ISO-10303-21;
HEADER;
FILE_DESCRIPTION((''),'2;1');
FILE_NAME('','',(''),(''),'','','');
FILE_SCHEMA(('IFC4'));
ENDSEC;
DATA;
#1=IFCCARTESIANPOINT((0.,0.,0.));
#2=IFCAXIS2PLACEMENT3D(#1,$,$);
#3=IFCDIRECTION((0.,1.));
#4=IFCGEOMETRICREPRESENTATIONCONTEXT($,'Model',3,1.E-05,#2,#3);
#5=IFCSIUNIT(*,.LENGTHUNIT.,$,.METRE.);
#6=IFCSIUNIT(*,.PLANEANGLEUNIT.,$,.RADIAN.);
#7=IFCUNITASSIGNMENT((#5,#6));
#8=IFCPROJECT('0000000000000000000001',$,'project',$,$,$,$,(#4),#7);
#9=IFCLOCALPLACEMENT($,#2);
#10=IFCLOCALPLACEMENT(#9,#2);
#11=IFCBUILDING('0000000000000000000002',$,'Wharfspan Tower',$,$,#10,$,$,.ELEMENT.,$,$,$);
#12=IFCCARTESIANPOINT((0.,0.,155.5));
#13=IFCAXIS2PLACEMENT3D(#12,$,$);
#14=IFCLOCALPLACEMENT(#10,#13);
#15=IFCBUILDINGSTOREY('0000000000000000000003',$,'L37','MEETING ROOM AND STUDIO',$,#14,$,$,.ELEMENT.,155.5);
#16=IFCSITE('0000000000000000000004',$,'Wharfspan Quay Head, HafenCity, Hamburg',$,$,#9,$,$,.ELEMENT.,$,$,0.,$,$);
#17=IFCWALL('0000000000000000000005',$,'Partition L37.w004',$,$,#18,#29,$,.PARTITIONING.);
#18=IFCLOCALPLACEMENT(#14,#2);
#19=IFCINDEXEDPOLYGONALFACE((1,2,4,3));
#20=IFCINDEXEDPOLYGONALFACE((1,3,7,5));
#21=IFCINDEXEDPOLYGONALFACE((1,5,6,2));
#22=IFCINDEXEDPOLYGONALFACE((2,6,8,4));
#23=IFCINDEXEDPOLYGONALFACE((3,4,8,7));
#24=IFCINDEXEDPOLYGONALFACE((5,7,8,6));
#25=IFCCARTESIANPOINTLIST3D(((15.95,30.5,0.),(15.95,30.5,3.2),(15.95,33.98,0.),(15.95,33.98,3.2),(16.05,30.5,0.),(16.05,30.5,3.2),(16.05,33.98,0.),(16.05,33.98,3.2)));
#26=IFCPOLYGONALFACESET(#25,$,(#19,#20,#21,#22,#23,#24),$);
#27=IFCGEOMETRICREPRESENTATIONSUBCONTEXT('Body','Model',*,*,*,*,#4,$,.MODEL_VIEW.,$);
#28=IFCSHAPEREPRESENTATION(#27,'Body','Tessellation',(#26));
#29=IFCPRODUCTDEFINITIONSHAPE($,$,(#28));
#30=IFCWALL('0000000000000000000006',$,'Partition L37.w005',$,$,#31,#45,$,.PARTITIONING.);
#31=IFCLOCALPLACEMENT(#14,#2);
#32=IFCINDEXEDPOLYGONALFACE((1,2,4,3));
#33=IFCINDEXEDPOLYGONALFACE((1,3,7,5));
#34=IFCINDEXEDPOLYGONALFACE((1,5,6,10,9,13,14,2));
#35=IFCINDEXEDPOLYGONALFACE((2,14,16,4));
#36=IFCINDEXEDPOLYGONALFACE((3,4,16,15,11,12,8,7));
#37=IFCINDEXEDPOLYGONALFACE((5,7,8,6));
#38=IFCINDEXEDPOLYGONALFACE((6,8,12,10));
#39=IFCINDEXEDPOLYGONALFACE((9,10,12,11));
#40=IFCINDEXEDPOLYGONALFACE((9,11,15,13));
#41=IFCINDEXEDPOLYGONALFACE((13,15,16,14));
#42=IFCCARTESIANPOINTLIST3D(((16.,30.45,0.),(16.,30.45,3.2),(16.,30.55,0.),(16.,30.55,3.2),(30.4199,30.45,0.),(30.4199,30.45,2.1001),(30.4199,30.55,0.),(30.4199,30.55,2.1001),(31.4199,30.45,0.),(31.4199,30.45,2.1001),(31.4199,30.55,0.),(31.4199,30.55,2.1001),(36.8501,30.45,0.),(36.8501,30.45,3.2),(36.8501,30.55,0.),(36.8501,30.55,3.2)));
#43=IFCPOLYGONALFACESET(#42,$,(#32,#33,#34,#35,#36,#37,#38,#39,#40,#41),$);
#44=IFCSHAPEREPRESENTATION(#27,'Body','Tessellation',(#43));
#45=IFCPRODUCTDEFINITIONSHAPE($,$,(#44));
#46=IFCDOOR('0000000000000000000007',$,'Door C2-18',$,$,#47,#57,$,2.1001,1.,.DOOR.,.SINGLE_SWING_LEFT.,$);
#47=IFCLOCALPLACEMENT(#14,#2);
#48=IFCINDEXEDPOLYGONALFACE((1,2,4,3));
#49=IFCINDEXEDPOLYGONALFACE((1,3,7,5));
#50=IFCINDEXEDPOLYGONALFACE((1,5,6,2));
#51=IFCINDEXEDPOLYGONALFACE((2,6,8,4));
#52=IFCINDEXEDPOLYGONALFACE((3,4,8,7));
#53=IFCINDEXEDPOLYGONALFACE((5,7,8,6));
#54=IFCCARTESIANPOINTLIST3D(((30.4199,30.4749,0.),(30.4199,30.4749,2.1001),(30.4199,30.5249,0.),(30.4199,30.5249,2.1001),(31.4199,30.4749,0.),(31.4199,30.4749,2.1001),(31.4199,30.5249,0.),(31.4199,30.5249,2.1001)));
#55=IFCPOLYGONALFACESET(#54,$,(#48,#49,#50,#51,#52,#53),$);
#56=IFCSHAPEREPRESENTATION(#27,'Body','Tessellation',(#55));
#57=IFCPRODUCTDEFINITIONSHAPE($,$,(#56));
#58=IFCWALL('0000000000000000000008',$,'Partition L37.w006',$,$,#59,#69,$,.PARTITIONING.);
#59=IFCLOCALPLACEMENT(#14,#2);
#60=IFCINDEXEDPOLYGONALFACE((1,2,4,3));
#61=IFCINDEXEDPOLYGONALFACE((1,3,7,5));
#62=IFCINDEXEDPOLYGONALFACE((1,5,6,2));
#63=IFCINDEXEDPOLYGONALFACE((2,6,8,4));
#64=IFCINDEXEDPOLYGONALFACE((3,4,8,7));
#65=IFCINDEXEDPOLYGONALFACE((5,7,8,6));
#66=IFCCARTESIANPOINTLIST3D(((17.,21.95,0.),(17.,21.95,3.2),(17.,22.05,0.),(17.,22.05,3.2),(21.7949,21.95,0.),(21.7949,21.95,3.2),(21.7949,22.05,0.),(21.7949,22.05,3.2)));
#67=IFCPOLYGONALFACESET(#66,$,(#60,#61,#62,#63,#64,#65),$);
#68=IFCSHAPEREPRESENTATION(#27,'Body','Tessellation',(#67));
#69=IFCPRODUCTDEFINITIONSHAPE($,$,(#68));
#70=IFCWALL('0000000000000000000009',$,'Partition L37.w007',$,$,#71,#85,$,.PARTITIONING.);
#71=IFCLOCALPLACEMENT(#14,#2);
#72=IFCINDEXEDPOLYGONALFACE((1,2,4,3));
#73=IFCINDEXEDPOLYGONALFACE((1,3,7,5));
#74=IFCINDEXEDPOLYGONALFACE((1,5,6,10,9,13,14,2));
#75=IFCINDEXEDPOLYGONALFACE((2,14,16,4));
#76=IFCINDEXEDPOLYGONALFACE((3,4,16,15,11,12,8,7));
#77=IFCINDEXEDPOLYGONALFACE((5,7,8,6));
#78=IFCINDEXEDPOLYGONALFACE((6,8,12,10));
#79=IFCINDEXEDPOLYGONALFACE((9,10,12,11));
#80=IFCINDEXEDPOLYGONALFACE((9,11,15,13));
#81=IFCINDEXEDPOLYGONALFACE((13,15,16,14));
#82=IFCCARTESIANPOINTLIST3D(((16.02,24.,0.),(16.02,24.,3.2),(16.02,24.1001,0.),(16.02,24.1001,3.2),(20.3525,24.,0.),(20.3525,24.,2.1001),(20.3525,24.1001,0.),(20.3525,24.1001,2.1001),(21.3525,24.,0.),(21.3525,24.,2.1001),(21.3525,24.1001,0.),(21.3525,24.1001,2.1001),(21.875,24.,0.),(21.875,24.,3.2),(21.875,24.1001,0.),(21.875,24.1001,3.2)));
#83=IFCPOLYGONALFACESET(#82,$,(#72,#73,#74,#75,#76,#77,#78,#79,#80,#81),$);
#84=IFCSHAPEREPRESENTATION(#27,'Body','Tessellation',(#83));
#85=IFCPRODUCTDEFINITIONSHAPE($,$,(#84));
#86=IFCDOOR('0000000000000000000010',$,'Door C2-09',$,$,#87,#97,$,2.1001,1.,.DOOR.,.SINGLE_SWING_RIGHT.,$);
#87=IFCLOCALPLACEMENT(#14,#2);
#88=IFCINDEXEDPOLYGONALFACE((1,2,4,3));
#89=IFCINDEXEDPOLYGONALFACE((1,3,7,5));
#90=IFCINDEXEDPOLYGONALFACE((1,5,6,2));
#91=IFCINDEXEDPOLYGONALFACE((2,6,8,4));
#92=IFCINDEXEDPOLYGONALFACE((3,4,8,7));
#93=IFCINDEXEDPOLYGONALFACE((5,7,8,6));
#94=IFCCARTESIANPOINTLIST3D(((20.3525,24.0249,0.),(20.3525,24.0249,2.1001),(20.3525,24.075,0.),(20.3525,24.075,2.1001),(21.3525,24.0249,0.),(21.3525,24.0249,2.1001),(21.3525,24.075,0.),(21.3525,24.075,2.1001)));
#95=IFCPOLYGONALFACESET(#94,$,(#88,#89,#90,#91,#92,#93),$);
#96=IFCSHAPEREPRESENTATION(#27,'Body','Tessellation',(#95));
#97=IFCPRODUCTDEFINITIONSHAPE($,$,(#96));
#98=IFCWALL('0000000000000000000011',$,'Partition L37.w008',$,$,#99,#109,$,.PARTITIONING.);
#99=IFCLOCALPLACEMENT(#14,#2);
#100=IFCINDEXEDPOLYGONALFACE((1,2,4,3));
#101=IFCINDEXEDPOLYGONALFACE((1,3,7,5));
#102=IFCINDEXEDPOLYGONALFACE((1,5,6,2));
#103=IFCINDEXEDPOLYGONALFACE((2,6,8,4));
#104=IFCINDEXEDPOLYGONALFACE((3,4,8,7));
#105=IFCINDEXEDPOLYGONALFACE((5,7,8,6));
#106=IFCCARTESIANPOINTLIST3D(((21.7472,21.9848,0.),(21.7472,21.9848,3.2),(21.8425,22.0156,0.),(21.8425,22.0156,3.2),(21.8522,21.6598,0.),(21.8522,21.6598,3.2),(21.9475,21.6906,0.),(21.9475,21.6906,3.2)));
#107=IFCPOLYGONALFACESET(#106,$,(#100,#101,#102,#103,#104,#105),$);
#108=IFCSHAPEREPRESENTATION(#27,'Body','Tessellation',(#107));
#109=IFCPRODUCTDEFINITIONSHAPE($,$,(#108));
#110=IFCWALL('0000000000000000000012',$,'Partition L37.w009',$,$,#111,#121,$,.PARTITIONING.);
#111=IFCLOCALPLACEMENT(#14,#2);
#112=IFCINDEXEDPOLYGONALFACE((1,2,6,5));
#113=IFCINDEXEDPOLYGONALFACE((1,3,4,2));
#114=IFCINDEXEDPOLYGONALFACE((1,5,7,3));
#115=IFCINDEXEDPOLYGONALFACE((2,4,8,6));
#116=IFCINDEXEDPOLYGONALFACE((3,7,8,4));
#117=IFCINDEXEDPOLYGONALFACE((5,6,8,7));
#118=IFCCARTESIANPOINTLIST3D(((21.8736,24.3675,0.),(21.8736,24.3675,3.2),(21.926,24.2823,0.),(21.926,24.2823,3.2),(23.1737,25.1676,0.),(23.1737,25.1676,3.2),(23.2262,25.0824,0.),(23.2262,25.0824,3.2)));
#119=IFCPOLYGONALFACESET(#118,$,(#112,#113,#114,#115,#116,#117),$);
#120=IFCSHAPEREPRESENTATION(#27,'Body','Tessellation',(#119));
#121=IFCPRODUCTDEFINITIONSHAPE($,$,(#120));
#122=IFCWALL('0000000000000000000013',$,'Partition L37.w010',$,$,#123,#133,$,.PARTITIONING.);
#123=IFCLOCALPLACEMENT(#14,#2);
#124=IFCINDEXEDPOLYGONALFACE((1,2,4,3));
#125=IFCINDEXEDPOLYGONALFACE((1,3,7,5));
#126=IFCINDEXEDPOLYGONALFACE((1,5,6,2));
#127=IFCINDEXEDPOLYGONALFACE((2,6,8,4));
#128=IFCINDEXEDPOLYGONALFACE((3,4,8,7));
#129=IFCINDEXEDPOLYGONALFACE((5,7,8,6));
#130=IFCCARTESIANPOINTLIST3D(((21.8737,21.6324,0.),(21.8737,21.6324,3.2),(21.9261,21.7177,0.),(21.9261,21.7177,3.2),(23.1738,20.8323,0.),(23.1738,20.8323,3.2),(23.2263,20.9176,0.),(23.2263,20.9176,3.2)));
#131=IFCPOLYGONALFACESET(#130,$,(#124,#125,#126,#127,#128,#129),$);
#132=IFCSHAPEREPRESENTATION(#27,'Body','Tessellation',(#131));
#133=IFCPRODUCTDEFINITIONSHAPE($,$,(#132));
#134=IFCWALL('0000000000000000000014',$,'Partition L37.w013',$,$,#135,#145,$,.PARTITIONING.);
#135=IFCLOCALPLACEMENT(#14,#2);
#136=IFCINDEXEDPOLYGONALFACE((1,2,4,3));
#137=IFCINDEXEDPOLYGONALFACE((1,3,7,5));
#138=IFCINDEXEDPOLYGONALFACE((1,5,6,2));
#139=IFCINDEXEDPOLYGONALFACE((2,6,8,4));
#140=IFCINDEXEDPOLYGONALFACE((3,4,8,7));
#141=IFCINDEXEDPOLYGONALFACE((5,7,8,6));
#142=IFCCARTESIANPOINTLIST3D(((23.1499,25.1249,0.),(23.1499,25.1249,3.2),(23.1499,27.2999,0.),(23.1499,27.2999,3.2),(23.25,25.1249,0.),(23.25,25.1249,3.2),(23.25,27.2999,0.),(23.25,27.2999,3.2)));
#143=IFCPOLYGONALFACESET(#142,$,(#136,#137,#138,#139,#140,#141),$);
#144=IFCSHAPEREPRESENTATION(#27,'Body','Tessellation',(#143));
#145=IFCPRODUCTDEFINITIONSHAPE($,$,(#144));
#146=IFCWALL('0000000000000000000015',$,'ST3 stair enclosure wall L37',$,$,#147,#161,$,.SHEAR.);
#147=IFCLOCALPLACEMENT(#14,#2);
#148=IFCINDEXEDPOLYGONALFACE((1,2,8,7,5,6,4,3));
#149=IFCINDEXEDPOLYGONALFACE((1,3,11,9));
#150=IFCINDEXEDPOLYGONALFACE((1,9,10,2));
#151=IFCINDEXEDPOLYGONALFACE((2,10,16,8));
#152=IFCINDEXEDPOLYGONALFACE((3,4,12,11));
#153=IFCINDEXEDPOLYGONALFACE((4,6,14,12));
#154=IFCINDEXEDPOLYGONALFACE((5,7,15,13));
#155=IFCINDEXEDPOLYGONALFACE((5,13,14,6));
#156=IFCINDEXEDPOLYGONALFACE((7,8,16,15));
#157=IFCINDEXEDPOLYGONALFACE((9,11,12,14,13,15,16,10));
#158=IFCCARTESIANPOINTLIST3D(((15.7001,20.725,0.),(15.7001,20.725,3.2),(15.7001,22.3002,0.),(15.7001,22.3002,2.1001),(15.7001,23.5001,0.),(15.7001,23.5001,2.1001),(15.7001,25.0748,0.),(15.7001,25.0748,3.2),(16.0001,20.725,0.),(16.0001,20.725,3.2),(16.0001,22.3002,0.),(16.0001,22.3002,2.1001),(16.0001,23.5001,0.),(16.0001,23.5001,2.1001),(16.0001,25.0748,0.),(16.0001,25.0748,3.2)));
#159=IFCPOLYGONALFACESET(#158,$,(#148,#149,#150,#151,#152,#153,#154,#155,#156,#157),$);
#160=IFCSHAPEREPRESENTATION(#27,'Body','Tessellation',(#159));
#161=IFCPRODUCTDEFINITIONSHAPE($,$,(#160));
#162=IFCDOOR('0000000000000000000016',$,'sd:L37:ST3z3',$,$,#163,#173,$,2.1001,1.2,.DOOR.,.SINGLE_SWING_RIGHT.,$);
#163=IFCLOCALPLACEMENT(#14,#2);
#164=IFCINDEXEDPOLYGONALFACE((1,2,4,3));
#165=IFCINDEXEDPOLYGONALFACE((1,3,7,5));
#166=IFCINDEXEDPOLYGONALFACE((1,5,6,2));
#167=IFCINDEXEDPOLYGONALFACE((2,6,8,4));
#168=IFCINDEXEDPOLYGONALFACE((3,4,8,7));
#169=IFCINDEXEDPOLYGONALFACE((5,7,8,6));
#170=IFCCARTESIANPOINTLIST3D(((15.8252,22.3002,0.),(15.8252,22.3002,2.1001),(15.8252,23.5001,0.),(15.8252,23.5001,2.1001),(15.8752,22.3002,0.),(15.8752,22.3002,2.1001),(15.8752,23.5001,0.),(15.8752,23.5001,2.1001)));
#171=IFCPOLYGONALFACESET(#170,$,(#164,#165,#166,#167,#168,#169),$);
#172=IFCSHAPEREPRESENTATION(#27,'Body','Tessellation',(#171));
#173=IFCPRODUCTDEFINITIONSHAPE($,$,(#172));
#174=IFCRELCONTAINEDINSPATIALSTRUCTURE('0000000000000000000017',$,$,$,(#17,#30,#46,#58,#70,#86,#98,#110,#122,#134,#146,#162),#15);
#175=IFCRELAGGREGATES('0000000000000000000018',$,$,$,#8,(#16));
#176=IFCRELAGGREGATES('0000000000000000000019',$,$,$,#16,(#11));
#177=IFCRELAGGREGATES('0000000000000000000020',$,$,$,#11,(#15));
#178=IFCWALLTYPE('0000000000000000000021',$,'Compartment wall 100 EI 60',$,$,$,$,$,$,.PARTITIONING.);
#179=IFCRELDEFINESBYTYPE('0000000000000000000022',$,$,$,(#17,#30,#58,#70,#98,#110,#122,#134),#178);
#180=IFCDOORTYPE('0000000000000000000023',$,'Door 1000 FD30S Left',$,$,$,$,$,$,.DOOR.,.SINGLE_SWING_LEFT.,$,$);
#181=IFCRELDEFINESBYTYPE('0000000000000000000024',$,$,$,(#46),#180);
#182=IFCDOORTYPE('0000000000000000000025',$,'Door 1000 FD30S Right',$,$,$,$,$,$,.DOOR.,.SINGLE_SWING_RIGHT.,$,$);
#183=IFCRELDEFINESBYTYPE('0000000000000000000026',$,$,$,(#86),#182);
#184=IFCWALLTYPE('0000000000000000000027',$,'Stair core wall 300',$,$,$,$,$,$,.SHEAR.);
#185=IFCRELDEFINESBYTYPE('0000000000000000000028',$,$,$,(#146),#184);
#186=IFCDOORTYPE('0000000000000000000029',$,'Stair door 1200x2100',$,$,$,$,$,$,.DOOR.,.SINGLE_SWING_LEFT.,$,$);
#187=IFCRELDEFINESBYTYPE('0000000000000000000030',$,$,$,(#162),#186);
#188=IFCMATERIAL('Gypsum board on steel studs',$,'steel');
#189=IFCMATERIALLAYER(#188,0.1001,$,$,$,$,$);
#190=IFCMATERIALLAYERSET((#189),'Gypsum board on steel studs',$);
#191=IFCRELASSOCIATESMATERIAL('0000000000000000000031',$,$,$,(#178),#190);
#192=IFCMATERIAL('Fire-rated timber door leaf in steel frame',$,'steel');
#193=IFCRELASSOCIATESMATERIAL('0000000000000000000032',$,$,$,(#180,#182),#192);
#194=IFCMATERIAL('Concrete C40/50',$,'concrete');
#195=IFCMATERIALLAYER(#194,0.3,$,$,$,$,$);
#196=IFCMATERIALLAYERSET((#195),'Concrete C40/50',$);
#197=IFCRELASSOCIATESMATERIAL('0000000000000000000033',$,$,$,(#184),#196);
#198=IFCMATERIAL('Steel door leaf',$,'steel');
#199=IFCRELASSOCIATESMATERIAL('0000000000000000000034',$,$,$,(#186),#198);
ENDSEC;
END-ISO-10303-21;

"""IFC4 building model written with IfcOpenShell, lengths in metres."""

from ifc_helpers import new_model, si_unit, direction, frame, frame_2d, origin, place, context, subcontext, project, spatial, rectangle, extrude, material, layer, layer_set, type_object, element, fill, save


model = new_model("IFC4")

# Units and contexts
model_context = context("Model", 3, precision=1e-05, world=origin(), true_north=direction((0.0, 1.0)))
body_context = subcontext(model_context, "Body", "Model", "MODEL_VIEW")
ifc_project = project(units=[si_unit("LENGTHUNIT", "METRE"), si_unit("PLANEANGLEUNIT", "RADIAN")], contexts=[model_context])

# Site, building, storey
site_placement = place(None, origin())
site = spatial("IfcSite", under=ifc_project, at=site_placement, Name="Wharfspan Quay Head, HafenCity, Hamburg", CompositionType="ELEMENT", RefElevation=0.0)
building_placement = place(site_placement, origin())
building = spatial("IfcBuilding", under=site, at=building_placement, Name="Wharfspan Tower", CompositionType="ELEMENT")
storey_placement = place(building_placement, frame((0.0, 0.0, 155.5)))
storey = spatial("IfcBuildingStorey", under=building, at=storey_placement, Name="L37", Description="MEETING ROOM AND STUDIO", CompositionType="ELEMENT", Elevation=155.5)

# Wall
ifc_material_1 = material(Name="Gypsum board on steel studs", Category="steel")
ifc_layer_1 = layer(ifc_material_1, 0.1001)
ifc_layer_set_1 = layer_set([ifc_layer_1], Name="Gypsum board on steel studs")
wall_type_1 = type_object("IfcWallType", Name="Compartment wall 100 EI 60", PredefinedType="PARTITIONING", material=ifc_layer_set_1)
wall_1_placement = place(storey_placement, frame((16.0, 30.5, 0.0), z_axis=(0.0, 0.0, 1.0), x_axis=(0.0, 1.0, 0.0)))
element("IfcWall", 1, at=wall_1_placement, inside=storey, type_object=wall_type_1, Name="Partition L37.w004", PredefinedType="PARTITIONING", context=body_context, shape_type="SweptSolid", body=[
    extrude(rectangle(XDim=3.48, YDim=0.1001, at=frame_2d((1.74, 0.0))), origin(), (0.0, 0.0, 1.0), 3.2),
])

# Wall, opening, door
wall_2_placement = place(storey_placement, frame((16.0, 30.5, 0.0), z_axis=(0.0, 0.0, 1.0), x_axis=(1.0, 0.0, 0.0)))
wall_2 = element("IfcWall", 2, at=wall_2_placement, inside=storey, type_object=wall_type_1, Name="Partition L37.w005", PredefinedType="PARTITIONING", context=body_context, shape_type="SweptSolid", body=[
    extrude(rectangle(XDim=20.8501, YDim=0.1001, at=frame_2d((10.425, 0.0))), origin(), (0.0, 0.0, 1.0), 3.2),
])
opening_1_placement = place(wall_2_placement, frame((14.4199, 0.0, 0.0)))
opening_1 = element("IfcOpeningElement", 3, at=opening_1_placement, cuts=wall_2, PredefinedType="OPENING", context=body_context, shape_type="SweptSolid", body=[
    extrude(rectangle(XDim=1.0, YDim=2.1001, at=frame_2d((0.5, 1.05))), frame((0.0, 0.0601, 0.0), z_axis=(0.0, -1.0, 0.0), x_axis=(1.0, 0.0, 0.0)), (0.0, 0.0, 1.0), 0.1201),
])
ifc_material_2 = material(Name="Fire-rated timber door leaf in steel frame", Category="steel")
door_type_1 = type_object("IfcDoorType", Name="Door 1000 FD30S Left", OperationType="SINGLE_SWING_LEFT", PredefinedType="DOOR", material=ifc_material_2)
door_1_placement = place(opening_1_placement, origin())
door_1 = element("IfcDoor", 4, at=door_1_placement, inside=storey, type_object=door_type_1, Name="Door C2-18", OperationType="SINGLE_SWING_LEFT", OverallHeight=2.1001, OverallWidth=1.0, PredefinedType="DOOR", context=body_context, shape_type="SweptSolid", body=[
    extrude(rectangle(XDim=1.0, YDim=2.1001, at=frame_2d((0.5, 1.05))), frame((0.0, 0.0249, 0.0), z_axis=(0.0, -1.0, 0.0), x_axis=(1.0, 0.0, 0.0)), (0.0, 0.0, 1.0), 0.05),
])
fill(opening_1, door_1)

# Wall
wall_3_placement = place(storey_placement, frame((17.0, 22.0, 0.0), z_axis=(0.0, 0.0, 1.0), x_axis=(1.0, 0.0, 0.0)))
element("IfcWall", 5, at=wall_3_placement, inside=storey, type_object=wall_type_1, Name="Partition L37.w006", PredefinedType="PARTITIONING", context=body_context, shape_type="SweptSolid", body=[
    extrude(rectangle(XDim=4.7949, YDim=0.1001, at=frame_2d((2.3975, 0.0))), origin(), (0.0, 0.0, 1.0), 3.2),
])

# Wall, opening, door
wall_4_placement = place(storey_placement, frame((16.02, 24.05, 0.0), z_axis=(0.0, 0.0, 1.0), x_axis=(1.0, 0.0, 0.0)))
wall_4 = element("IfcWall", 6, at=wall_4_placement, inside=storey, type_object=wall_type_1, Name="Partition L37.w007", PredefinedType="PARTITIONING", context=body_context, shape_type="SweptSolid", body=[
    extrude(rectangle(XDim=5.855, YDim=0.1001, at=frame_2d((2.9275, 0.0))), origin(), (0.0, 0.0, 1.0), 3.2),
])
opening_2_placement = place(wall_4_placement, frame((4.3325, 0.0, 0.0)))
opening_2 = element("IfcOpeningElement", 7, at=opening_2_placement, cuts=wall_4, PredefinedType="OPENING", context=body_context, shape_type="SweptSolid", body=[
    extrude(rectangle(XDim=1.0, YDim=2.1001, at=frame_2d((0.5, 1.05))), frame((0.0, 0.0601, 0.0), z_axis=(0.0, -1.0, 0.0), x_axis=(1.0, 0.0, 0.0)), (0.0, 0.0, 1.0), 0.1201),
])
door_type_2 = type_object("IfcDoorType", Name="Door 1000 FD30S Right", OperationType="SINGLE_SWING_RIGHT", PredefinedType="DOOR", material=ifc_material_2)
door_2_placement = place(opening_2_placement, origin())
door_2 = element("IfcDoor", 8, at=door_2_placement, inside=storey, type_object=door_type_2, Name="Door C2-09", OperationType="SINGLE_SWING_RIGHT", OverallHeight=2.1001, OverallWidth=1.0, PredefinedType="DOOR", context=body_context, shape_type="SweptSolid", body=[
    extrude(rectangle(XDim=1.0, YDim=2.1001, at=frame_2d((0.5, 1.05))), frame((0.0, 0.0249, 0.0), z_axis=(0.0, -1.0, 0.0), x_axis=(1.0, 0.0, 0.0)), (0.0, 0.0, 1.0), 0.05),
])
fill(opening_2, door_2)

# Walls
wall_5_placement = place(storey_placement, frame((21.8999, 21.675, 0.0), z_axis=(0.0, 0.0, 1.0), x_axis=(-0.30742, 0.951572, 0.0)))
element("IfcWall", 9, at=wall_5_placement, inside=storey, type_object=wall_type_1, Name="Partition L37.w008", PredefinedType="PARTITIONING", context=body_context, shape_type="SweptSolid", body=[
    extrude(rectangle(XDim=0.3416, YDim=0.1001, at=frame_2d((0.1709, 0.0))), origin(), (0.0, 0.0, 1.0), 3.2),
])
for number, where, z_axis, x_axis, name in (
    (10, (21.8999, 24.325, 0.0), (0.0, 0.0, 1.0), (0.851649, 0.524104, 0.0), "Partition L37.w009"),
    (11, (23.2, 20.875, 0.0), (0.0, 0.0, 1.0), (-0.851649, 0.524104, 0.0), "Partition L37.w010"),
):
    element("IfcWall", number, at=place(storey_placement, frame(where, z_axis=z_axis, x_axis=x_axis)), inside=storey, type_object=wall_type_1, Name=name, PredefinedType="PARTITIONING", context=body_context, shape_type="SweptSolid", body=[
        extrude(rectangle(XDim=1.5266, YDim=0.1001, at=frame_2d((0.7632, 0.0))), origin(), (0.0, 0.0, 1.0), 3.2),
    ])
wall_6_placement = place(storey_placement, frame((23.2, 25.125, 0.0), z_axis=(0.0, 0.0, 1.0), x_axis=(0.0, 1.0, 0.0)))
element("IfcWall", 12, at=wall_6_placement, inside=storey, type_object=wall_type_1, Name="Partition L37.w013", PredefinedType="PARTITIONING", context=body_context, shape_type="SweptSolid", body=[
    extrude(rectangle(XDim=2.175, YDim=0.1001, at=frame_2d((1.0874, 0.0))), origin(), (0.0, 0.0, 1.0), 3.2),
])

# Wall, opening, door
ifc_material_3 = material(Name="Concrete C40/50", Category="concrete")
ifc_layer_2 = layer(ifc_material_3, 0.3)
ifc_layer_set_2 = layer_set([ifc_layer_2], Name="Concrete C40/50")
wall_type_2 = type_object("IfcWallType", Name="Stair core wall 300", PredefinedType="SHEAR", material=ifc_layer_set_2)
wall_7_placement = place(storey_placement, frame((15.8501, 20.7251, 0.0), z_axis=(0.0, 0.0, 1.0), x_axis=(0.0, 1.0, 0.0)))
wall_7 = element("IfcWall", 13, at=wall_7_placement, inside=storey, type_object=wall_type_2, Name="ST3 stair enclosure wall L37", PredefinedType="SHEAR", context=body_context, shape_type="SweptSolid", body=[
    extrude(rectangle(XDim=4.3499, YDim=0.3, at=frame_2d((2.1748, 0.0))), origin(), (0.0, 0.0, 1.0), 3.2),
])
opening_3_placement = place(wall_7_placement, frame((1.575, 0.0, 0.0)))
opening_3 = element("IfcOpeningElement", 14, at=opening_3_placement, cuts=wall_7, PredefinedType="OPENING", context=body_context, shape_type="SweptSolid", body=[
    extrude(rectangle(XDim=1.2, YDim=2.1001, at=frame_2d((0.6001, 1.05))), frame((0.0, 0.1599, 0.0), z_axis=(0.0, -1.0, 0.0), x_axis=(1.0, 0.0, 0.0)), (0.0, 0.0, 1.0), 0.3201),
])
ifc_material_4 = material(Name="Steel door leaf", Category="steel")
door_type_3 = type_object("IfcDoorType", Name="Stair door 1200x2100", OperationType="SINGLE_SWING_LEFT", PredefinedType="DOOR", material=ifc_material_4)
door_3_placement = place(opening_3_placement, origin())
door_3 = element("IfcDoor", 15, at=door_3_placement, inside=storey, type_object=door_type_3, Name="sd:L37:ST3z3", OperationType="SINGLE_SWING_RIGHT", OverallHeight=2.1001, OverallWidth=1.2, PredefinedType="DOOR", context=body_context, shape_type="SweptSolid", body=[
    extrude(rectangle(XDim=1.2, YDim=2.1001, at=frame_2d((0.6001, 1.05))), frame((0.0, 0.0249, 0.0), z_axis=(0.0, -1.0, 0.0), x_axis=(1.0, 0.0, 0.0)), (0.0, 0.0, 1.0), 0.05),
])
fill(opening_3, door_3)

save(model, "model.ifc")
